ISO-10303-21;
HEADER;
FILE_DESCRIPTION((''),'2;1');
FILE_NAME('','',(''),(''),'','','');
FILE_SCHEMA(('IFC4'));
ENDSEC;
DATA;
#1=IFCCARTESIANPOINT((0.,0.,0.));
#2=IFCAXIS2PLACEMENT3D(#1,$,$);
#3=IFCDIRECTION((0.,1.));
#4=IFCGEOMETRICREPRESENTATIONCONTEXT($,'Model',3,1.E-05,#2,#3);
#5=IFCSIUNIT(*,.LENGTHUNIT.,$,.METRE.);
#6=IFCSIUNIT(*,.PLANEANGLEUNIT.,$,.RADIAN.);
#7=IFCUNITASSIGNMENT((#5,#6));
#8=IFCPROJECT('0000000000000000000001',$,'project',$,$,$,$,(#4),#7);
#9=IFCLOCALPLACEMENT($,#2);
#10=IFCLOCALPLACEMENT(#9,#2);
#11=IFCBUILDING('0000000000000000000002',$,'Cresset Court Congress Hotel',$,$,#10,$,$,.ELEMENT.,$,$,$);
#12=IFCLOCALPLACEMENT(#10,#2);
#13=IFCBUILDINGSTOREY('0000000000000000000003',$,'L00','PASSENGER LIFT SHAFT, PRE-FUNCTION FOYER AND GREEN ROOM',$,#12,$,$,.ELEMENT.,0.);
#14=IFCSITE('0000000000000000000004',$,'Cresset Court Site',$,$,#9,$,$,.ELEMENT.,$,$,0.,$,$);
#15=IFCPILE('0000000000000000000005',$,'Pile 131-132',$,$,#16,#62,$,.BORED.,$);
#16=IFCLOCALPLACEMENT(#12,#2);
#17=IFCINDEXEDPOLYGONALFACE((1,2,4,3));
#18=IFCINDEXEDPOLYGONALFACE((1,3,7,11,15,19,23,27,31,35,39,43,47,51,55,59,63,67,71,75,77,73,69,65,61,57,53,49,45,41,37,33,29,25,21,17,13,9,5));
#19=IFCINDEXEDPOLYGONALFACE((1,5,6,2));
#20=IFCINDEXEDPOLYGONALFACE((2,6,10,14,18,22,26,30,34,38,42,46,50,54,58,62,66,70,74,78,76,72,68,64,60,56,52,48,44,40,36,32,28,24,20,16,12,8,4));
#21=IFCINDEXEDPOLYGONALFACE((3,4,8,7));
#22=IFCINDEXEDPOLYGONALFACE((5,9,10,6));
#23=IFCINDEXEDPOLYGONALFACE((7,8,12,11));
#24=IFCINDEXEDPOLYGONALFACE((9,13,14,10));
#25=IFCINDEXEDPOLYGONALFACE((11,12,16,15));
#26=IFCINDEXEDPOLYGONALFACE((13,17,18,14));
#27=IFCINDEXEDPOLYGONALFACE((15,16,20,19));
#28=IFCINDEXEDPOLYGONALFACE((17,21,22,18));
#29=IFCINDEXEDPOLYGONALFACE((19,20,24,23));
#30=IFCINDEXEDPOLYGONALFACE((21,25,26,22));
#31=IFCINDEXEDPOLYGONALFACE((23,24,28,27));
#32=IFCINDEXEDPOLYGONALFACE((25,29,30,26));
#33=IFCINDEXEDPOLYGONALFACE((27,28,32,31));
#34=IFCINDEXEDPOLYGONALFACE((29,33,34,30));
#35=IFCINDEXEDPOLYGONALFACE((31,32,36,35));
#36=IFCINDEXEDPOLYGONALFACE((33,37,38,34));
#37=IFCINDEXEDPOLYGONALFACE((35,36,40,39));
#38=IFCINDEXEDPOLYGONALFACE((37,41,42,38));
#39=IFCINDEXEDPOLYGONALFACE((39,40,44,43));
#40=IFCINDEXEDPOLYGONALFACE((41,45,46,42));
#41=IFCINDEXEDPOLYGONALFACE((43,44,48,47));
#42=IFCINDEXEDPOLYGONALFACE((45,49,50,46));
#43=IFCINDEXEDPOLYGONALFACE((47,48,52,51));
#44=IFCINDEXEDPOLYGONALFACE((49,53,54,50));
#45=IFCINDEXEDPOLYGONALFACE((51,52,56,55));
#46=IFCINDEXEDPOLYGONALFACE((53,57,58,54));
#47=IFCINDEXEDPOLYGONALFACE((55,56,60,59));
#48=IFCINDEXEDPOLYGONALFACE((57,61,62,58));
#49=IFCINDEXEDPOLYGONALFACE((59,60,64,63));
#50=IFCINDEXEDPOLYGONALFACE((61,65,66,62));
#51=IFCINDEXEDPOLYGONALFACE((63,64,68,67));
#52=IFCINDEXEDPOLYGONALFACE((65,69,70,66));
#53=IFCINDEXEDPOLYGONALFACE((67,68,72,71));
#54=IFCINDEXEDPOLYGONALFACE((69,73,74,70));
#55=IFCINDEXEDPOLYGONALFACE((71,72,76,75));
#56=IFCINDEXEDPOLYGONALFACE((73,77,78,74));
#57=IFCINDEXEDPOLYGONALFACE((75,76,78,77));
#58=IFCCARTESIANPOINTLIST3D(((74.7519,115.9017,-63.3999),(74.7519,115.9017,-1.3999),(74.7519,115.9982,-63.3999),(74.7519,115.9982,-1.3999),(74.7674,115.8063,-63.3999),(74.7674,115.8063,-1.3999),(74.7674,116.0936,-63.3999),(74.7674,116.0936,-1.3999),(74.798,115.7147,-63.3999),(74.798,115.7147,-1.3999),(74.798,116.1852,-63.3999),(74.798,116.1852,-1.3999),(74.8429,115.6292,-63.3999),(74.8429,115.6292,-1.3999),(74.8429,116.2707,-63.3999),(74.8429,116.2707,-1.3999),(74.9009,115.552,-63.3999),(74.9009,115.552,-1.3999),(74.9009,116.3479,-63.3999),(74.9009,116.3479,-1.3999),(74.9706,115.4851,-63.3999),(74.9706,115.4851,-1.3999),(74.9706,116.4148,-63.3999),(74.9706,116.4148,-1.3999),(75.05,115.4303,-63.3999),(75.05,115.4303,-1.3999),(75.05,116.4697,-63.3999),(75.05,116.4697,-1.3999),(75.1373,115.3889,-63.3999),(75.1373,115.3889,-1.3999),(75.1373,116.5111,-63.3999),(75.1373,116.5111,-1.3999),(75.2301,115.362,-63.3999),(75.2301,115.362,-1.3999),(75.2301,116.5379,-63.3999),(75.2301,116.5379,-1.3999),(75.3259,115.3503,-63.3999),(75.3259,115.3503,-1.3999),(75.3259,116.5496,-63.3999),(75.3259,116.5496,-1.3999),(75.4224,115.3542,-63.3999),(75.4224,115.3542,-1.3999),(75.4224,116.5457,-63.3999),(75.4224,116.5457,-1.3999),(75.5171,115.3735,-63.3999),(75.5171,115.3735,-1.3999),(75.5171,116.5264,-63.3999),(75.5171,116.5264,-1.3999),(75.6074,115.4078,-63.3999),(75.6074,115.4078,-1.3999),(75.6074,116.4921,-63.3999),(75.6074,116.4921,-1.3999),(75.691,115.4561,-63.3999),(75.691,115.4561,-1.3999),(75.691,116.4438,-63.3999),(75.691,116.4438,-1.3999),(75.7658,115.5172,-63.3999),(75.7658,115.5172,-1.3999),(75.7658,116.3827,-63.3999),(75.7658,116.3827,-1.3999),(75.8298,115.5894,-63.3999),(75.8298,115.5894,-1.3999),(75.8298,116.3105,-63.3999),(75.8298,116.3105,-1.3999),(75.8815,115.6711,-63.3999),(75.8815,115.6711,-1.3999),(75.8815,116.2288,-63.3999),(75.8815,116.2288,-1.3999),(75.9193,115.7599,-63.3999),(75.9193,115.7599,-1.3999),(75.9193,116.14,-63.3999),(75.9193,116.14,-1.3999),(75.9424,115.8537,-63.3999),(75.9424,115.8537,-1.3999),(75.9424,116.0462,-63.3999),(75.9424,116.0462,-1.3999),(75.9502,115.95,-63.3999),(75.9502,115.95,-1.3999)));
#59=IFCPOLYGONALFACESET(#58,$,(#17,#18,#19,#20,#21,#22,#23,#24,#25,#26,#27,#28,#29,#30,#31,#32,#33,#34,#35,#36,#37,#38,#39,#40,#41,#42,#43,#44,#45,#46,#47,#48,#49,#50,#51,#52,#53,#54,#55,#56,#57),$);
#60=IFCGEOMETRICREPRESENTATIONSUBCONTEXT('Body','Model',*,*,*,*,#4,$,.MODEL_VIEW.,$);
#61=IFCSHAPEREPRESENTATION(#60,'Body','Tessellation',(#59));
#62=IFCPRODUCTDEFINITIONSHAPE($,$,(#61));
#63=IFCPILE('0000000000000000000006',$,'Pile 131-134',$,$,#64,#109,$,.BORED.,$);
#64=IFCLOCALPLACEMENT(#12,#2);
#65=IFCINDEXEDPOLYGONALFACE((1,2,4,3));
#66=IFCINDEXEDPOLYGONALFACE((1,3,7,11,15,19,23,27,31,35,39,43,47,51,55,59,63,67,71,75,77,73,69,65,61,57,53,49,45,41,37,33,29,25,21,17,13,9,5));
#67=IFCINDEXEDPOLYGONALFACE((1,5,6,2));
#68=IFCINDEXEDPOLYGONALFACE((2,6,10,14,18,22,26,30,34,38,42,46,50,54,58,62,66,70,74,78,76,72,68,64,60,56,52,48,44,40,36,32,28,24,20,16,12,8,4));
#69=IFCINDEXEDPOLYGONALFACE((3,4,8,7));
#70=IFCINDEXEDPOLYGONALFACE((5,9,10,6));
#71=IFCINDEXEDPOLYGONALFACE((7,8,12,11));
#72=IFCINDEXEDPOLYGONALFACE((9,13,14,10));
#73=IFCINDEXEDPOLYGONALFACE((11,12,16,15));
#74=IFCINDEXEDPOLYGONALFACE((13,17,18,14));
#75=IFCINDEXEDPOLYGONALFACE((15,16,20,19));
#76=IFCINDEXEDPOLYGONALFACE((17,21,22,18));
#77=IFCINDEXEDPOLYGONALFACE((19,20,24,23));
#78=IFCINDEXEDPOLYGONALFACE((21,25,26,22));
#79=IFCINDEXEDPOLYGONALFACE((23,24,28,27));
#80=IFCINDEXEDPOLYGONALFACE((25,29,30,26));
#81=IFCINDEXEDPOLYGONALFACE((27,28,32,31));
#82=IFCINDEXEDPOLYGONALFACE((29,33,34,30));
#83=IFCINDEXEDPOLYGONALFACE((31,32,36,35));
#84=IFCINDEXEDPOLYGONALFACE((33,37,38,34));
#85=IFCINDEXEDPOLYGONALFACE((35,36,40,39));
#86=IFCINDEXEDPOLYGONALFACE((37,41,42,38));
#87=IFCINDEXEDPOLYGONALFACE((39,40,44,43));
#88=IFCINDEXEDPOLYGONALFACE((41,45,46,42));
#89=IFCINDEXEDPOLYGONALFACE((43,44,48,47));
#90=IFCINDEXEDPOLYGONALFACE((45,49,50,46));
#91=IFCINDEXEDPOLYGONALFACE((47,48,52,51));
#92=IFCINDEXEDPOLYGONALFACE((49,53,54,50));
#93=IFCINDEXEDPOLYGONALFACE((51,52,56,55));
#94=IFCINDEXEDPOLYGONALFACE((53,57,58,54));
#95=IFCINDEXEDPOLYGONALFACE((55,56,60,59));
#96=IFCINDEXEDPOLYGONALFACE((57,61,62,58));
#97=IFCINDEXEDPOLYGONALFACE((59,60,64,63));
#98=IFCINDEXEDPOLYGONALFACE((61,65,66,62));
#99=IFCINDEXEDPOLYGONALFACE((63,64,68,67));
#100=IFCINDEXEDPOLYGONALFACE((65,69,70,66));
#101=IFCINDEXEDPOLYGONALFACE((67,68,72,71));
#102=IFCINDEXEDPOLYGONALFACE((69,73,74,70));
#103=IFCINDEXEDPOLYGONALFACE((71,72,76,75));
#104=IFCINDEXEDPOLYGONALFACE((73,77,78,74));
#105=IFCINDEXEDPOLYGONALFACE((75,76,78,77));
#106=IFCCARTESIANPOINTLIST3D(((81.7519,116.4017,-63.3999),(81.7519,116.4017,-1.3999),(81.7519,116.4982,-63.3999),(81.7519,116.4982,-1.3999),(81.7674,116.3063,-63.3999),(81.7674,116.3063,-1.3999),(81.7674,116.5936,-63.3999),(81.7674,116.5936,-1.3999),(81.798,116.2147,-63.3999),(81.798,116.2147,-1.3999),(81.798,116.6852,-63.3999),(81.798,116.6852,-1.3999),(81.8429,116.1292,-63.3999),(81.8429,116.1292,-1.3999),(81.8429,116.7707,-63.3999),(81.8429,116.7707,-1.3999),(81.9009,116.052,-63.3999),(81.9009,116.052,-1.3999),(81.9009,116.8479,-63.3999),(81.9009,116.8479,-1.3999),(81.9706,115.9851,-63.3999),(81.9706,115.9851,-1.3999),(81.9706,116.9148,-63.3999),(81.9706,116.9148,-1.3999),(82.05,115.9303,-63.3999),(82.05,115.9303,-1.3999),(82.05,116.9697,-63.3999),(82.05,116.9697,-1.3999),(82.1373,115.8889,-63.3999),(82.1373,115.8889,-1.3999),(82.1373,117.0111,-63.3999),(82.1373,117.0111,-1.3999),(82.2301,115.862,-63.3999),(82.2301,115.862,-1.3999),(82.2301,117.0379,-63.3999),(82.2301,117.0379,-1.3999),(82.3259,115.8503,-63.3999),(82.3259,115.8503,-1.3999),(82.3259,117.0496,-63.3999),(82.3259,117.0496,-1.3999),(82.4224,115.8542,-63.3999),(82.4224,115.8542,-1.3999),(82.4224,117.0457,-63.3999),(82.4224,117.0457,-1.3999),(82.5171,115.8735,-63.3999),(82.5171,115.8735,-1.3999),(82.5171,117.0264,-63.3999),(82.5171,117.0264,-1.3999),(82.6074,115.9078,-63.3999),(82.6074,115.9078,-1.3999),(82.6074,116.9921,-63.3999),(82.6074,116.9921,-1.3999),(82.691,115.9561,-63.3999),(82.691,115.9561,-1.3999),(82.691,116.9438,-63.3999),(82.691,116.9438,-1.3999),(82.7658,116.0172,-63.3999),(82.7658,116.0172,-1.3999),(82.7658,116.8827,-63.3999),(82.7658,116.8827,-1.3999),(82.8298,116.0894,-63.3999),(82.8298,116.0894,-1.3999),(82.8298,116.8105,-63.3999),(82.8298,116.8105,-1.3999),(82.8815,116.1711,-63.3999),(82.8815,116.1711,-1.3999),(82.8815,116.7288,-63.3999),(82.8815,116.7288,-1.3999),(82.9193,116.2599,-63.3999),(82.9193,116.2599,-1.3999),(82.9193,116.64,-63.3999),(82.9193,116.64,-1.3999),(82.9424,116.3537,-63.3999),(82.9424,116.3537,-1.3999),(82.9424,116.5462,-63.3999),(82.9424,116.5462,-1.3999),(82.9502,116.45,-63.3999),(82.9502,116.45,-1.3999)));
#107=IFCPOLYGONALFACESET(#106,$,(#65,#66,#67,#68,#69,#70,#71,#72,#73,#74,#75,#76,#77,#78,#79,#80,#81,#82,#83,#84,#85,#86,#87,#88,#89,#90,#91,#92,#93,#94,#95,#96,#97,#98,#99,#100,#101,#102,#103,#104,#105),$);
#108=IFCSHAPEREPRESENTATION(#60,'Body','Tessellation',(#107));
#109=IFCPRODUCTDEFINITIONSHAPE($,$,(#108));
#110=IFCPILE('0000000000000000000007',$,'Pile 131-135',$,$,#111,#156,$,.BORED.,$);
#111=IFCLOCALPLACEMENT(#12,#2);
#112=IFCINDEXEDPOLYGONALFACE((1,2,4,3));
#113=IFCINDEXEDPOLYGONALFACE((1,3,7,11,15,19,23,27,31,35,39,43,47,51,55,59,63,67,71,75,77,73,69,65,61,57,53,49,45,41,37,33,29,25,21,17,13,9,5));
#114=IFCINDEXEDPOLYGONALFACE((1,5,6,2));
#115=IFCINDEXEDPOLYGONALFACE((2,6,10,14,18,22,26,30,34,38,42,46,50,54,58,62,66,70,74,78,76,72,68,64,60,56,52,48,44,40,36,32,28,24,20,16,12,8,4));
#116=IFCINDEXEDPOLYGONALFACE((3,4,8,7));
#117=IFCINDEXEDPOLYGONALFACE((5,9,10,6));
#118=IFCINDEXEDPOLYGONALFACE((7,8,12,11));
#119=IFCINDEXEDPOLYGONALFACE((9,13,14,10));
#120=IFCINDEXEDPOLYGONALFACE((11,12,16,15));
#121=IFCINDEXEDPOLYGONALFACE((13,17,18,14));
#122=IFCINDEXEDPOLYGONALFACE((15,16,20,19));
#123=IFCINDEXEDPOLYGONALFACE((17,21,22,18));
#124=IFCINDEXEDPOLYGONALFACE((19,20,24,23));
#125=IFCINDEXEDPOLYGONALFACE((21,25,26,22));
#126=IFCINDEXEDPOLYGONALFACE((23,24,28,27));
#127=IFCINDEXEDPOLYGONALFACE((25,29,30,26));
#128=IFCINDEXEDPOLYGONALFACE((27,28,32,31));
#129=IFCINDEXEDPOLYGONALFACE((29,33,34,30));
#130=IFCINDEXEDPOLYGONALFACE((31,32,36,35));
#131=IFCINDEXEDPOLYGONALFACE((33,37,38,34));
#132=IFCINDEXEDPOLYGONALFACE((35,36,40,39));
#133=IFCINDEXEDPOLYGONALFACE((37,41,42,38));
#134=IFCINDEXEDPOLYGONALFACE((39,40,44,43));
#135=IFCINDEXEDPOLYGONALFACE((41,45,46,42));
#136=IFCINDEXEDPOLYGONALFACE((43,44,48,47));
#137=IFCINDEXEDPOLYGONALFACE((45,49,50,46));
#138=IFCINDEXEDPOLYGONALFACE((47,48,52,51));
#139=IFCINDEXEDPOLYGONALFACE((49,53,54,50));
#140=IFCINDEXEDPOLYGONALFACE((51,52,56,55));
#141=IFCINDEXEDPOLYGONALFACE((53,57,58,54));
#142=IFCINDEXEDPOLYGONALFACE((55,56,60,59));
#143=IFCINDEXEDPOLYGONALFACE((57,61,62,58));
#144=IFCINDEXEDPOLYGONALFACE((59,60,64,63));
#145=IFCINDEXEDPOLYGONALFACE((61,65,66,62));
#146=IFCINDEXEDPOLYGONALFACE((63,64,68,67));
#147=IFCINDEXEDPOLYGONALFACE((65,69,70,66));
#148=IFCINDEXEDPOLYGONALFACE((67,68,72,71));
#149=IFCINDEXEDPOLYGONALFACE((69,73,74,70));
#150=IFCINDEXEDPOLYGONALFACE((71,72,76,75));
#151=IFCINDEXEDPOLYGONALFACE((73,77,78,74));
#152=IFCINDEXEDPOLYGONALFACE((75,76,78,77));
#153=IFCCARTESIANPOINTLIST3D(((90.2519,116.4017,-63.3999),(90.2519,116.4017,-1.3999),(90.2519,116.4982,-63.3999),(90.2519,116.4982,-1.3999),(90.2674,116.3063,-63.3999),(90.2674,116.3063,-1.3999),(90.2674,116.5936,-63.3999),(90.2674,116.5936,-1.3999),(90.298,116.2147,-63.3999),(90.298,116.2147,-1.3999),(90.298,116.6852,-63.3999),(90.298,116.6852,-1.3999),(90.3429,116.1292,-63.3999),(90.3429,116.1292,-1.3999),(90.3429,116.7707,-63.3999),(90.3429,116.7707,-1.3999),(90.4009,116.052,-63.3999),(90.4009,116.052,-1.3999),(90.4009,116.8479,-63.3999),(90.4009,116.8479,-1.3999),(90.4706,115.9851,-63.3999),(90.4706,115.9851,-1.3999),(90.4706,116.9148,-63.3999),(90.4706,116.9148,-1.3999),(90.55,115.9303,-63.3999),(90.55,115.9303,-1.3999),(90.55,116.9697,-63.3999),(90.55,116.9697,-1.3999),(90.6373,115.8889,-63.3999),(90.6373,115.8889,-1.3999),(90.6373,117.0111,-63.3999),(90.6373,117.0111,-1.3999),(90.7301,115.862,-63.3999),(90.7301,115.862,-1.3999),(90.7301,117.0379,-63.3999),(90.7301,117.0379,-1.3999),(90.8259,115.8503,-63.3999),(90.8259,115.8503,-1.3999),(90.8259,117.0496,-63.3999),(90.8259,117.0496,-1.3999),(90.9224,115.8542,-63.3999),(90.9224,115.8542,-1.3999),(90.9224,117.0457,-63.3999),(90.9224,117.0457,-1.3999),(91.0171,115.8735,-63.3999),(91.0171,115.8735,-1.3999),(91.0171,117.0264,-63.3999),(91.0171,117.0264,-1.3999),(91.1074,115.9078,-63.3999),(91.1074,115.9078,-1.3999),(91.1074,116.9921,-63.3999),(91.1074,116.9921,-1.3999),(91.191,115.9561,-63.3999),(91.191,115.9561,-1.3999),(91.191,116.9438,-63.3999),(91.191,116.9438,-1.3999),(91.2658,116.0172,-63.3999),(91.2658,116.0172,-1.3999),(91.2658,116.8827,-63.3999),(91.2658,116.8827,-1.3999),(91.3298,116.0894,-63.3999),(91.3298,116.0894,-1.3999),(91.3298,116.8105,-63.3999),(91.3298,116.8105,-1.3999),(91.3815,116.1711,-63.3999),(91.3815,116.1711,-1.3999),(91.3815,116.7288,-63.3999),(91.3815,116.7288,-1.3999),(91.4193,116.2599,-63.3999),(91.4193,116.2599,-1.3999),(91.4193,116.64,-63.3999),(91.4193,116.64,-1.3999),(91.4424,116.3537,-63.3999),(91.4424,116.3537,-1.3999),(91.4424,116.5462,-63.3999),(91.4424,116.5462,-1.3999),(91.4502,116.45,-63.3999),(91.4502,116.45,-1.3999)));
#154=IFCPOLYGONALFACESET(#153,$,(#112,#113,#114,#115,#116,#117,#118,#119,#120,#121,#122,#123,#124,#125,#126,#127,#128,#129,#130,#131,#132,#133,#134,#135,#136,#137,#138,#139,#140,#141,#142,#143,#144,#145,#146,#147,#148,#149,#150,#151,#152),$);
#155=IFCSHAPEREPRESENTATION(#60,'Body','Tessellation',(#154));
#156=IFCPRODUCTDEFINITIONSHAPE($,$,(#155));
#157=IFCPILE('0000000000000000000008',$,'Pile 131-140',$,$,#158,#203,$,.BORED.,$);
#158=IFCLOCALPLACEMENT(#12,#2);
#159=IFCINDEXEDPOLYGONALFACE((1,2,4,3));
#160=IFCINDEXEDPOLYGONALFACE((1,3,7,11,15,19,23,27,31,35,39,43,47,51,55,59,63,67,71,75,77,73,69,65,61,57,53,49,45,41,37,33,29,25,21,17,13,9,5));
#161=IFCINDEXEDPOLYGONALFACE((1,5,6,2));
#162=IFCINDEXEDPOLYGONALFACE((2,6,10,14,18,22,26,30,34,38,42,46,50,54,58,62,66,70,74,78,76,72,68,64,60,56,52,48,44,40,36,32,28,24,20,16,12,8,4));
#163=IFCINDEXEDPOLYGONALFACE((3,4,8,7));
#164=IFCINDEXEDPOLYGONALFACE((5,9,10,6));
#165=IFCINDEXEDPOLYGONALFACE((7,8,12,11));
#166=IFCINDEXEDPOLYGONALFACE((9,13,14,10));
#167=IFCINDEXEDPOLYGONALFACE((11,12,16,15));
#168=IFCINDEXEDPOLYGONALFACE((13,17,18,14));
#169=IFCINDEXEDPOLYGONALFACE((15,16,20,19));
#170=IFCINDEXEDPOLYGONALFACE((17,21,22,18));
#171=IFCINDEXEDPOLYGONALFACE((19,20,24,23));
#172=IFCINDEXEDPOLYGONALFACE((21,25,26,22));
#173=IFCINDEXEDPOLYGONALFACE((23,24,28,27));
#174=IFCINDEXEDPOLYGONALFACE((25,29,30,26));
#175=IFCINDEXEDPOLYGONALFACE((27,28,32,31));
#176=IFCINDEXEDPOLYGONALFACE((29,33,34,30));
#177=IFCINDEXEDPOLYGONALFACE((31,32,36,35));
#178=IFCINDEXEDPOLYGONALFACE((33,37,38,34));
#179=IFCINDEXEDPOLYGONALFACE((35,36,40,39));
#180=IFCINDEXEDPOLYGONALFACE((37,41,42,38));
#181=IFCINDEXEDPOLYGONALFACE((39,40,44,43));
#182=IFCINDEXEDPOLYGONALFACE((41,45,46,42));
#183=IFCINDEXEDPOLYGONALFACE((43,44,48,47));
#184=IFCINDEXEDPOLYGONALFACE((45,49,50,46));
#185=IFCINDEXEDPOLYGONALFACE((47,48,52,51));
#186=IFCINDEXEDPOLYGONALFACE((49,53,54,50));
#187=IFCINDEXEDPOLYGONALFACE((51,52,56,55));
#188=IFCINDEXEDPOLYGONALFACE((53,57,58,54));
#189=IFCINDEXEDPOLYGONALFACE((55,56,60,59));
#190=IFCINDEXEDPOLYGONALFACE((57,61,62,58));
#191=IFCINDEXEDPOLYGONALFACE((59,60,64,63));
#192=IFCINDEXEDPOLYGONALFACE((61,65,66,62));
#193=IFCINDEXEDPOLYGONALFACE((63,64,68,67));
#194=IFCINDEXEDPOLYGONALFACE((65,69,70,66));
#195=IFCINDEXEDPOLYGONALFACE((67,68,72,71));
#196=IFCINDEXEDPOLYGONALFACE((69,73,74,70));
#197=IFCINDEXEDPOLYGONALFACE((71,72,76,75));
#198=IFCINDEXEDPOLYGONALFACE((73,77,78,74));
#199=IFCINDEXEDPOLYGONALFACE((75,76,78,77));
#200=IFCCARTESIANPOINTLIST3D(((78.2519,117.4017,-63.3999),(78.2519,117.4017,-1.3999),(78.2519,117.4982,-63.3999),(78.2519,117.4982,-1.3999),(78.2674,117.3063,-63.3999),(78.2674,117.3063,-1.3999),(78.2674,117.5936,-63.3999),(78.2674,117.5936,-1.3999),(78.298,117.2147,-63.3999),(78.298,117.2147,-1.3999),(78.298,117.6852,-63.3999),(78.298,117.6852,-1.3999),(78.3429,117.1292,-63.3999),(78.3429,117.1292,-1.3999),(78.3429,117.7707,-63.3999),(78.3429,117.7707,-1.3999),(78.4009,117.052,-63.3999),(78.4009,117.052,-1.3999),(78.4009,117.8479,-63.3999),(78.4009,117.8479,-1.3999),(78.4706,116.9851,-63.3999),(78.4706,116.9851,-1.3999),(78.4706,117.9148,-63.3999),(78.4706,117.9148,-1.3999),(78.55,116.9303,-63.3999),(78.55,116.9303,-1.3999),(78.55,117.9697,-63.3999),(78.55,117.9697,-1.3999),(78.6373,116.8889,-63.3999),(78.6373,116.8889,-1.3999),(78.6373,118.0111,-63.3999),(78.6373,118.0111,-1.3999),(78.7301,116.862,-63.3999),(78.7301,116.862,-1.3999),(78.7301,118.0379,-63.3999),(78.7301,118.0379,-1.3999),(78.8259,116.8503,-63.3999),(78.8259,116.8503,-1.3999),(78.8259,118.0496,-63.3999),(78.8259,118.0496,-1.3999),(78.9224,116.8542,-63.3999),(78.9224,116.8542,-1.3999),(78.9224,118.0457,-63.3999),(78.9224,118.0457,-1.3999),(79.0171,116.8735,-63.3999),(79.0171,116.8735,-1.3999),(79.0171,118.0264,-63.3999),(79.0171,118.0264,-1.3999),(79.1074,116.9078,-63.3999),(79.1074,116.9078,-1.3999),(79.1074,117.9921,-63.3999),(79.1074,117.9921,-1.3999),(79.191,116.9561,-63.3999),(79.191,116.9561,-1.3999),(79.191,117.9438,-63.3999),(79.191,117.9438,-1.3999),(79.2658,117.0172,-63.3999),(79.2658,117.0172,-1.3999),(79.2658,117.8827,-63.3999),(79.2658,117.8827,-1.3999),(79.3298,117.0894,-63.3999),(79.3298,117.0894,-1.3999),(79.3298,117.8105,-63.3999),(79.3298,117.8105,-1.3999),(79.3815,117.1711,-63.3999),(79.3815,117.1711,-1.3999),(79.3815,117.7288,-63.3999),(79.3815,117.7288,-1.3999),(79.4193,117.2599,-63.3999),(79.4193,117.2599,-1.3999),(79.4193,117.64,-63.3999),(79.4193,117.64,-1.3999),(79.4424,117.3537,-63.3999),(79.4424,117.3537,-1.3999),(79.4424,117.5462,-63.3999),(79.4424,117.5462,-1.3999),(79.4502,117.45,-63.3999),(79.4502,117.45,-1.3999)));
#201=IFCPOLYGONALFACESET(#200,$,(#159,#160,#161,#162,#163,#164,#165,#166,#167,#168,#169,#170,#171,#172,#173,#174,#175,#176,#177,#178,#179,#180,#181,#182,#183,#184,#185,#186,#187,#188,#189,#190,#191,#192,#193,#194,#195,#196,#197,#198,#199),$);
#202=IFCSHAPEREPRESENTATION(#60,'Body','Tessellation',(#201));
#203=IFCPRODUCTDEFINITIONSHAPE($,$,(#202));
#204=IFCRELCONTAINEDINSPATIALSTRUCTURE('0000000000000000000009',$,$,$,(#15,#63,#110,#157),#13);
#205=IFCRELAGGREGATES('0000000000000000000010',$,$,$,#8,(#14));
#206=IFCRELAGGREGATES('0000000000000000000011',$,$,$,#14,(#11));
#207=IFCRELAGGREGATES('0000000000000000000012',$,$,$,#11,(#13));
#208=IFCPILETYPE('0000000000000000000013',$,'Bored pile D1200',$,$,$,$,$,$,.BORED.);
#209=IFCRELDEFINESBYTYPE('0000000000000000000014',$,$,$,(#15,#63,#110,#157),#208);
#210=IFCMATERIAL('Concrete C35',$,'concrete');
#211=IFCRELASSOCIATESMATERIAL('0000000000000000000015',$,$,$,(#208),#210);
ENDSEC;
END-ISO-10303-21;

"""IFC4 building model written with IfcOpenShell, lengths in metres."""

from ifc_helpers import new_model, si_unit, direction, frame, origin, origin_2d, place, context, subcontext, project, spatial, circle, extrude, material, type_object, element, save


model = new_model("IFC4")

# Units and contexts
model_context = context("Model", 3, precision=1e-05, world=origin(), true_north=direction((0.0, 1.0)))
body_context = subcontext(model_context, "Body", "Model", "MODEL_VIEW")
ifc_project = project(units=[si_unit("LENGTHUNIT", "METRE"), si_unit("PLANEANGLEUNIT", "RADIAN")], contexts=[model_context])

# Site, building, storey
site_placement = place(None, origin())
site = spatial("IfcSite", under=ifc_project, at=site_placement, Name="Cresset Court Site", CompositionType="ELEMENT", RefElevation=0.0)
building_placement = place(site_placement, origin())
building = spatial("IfcBuilding", under=site, at=building_placement, Name="Cresset Court Congress Hotel", CompositionType="ELEMENT")
storey_placement = place(building_placement, origin())
storey = spatial("IfcBuildingStorey", under=building, at=storey_placement, Name="L00", Description="PASSENGER LIFT SHAFT, PRE-FUNCTION FOYER AND GREEN ROOM", CompositionType="ELEMENT", Elevation=0.0)

# Piles
ifc_material_1 = material(Name="Concrete C35", Category="concrete")
pile_type = type_object("IfcPileType", Name="Bored pile D1200", PredefinedType="BORED", material=ifc_material_1)
for number, where, z_axis, x_axis, name in (
    (1, (75.3501, 115.95, -1.3999), (0.0, 0.0, -1.0), (1.0, 0.0, 0.0), "Pile 131-132"),
    (2, (82.3501, 116.45, -1.3999), (0.0, 0.0, -1.0), (1.0, 0.0, 0.0), "Pile 131-134"),
    (3, (90.8501, 116.45, -1.3999), (0.0, 0.0, -1.0), (1.0, 0.0, 0.0), "Pile 131-135"),
    (4, (78.8501, 117.45, -1.3999), (0.0, 0.0, -1.0), (1.0, 0.0, 0.0), "Pile 131-140"),
):
    element("IfcPile", number, at=place(storey_placement, frame(where, z_axis=z_axis, x_axis=x_axis)), inside=storey, type_object=pile_type, Name=name, PredefinedType="BORED", context=body_context, shape_type="SweptSolid", body=[
        extrude(circle(Radius=0.6001, at=origin_2d()), origin(), (0.0, 0.0, 1.0), 62.0),
    ])

save(model, "model.ifc")
